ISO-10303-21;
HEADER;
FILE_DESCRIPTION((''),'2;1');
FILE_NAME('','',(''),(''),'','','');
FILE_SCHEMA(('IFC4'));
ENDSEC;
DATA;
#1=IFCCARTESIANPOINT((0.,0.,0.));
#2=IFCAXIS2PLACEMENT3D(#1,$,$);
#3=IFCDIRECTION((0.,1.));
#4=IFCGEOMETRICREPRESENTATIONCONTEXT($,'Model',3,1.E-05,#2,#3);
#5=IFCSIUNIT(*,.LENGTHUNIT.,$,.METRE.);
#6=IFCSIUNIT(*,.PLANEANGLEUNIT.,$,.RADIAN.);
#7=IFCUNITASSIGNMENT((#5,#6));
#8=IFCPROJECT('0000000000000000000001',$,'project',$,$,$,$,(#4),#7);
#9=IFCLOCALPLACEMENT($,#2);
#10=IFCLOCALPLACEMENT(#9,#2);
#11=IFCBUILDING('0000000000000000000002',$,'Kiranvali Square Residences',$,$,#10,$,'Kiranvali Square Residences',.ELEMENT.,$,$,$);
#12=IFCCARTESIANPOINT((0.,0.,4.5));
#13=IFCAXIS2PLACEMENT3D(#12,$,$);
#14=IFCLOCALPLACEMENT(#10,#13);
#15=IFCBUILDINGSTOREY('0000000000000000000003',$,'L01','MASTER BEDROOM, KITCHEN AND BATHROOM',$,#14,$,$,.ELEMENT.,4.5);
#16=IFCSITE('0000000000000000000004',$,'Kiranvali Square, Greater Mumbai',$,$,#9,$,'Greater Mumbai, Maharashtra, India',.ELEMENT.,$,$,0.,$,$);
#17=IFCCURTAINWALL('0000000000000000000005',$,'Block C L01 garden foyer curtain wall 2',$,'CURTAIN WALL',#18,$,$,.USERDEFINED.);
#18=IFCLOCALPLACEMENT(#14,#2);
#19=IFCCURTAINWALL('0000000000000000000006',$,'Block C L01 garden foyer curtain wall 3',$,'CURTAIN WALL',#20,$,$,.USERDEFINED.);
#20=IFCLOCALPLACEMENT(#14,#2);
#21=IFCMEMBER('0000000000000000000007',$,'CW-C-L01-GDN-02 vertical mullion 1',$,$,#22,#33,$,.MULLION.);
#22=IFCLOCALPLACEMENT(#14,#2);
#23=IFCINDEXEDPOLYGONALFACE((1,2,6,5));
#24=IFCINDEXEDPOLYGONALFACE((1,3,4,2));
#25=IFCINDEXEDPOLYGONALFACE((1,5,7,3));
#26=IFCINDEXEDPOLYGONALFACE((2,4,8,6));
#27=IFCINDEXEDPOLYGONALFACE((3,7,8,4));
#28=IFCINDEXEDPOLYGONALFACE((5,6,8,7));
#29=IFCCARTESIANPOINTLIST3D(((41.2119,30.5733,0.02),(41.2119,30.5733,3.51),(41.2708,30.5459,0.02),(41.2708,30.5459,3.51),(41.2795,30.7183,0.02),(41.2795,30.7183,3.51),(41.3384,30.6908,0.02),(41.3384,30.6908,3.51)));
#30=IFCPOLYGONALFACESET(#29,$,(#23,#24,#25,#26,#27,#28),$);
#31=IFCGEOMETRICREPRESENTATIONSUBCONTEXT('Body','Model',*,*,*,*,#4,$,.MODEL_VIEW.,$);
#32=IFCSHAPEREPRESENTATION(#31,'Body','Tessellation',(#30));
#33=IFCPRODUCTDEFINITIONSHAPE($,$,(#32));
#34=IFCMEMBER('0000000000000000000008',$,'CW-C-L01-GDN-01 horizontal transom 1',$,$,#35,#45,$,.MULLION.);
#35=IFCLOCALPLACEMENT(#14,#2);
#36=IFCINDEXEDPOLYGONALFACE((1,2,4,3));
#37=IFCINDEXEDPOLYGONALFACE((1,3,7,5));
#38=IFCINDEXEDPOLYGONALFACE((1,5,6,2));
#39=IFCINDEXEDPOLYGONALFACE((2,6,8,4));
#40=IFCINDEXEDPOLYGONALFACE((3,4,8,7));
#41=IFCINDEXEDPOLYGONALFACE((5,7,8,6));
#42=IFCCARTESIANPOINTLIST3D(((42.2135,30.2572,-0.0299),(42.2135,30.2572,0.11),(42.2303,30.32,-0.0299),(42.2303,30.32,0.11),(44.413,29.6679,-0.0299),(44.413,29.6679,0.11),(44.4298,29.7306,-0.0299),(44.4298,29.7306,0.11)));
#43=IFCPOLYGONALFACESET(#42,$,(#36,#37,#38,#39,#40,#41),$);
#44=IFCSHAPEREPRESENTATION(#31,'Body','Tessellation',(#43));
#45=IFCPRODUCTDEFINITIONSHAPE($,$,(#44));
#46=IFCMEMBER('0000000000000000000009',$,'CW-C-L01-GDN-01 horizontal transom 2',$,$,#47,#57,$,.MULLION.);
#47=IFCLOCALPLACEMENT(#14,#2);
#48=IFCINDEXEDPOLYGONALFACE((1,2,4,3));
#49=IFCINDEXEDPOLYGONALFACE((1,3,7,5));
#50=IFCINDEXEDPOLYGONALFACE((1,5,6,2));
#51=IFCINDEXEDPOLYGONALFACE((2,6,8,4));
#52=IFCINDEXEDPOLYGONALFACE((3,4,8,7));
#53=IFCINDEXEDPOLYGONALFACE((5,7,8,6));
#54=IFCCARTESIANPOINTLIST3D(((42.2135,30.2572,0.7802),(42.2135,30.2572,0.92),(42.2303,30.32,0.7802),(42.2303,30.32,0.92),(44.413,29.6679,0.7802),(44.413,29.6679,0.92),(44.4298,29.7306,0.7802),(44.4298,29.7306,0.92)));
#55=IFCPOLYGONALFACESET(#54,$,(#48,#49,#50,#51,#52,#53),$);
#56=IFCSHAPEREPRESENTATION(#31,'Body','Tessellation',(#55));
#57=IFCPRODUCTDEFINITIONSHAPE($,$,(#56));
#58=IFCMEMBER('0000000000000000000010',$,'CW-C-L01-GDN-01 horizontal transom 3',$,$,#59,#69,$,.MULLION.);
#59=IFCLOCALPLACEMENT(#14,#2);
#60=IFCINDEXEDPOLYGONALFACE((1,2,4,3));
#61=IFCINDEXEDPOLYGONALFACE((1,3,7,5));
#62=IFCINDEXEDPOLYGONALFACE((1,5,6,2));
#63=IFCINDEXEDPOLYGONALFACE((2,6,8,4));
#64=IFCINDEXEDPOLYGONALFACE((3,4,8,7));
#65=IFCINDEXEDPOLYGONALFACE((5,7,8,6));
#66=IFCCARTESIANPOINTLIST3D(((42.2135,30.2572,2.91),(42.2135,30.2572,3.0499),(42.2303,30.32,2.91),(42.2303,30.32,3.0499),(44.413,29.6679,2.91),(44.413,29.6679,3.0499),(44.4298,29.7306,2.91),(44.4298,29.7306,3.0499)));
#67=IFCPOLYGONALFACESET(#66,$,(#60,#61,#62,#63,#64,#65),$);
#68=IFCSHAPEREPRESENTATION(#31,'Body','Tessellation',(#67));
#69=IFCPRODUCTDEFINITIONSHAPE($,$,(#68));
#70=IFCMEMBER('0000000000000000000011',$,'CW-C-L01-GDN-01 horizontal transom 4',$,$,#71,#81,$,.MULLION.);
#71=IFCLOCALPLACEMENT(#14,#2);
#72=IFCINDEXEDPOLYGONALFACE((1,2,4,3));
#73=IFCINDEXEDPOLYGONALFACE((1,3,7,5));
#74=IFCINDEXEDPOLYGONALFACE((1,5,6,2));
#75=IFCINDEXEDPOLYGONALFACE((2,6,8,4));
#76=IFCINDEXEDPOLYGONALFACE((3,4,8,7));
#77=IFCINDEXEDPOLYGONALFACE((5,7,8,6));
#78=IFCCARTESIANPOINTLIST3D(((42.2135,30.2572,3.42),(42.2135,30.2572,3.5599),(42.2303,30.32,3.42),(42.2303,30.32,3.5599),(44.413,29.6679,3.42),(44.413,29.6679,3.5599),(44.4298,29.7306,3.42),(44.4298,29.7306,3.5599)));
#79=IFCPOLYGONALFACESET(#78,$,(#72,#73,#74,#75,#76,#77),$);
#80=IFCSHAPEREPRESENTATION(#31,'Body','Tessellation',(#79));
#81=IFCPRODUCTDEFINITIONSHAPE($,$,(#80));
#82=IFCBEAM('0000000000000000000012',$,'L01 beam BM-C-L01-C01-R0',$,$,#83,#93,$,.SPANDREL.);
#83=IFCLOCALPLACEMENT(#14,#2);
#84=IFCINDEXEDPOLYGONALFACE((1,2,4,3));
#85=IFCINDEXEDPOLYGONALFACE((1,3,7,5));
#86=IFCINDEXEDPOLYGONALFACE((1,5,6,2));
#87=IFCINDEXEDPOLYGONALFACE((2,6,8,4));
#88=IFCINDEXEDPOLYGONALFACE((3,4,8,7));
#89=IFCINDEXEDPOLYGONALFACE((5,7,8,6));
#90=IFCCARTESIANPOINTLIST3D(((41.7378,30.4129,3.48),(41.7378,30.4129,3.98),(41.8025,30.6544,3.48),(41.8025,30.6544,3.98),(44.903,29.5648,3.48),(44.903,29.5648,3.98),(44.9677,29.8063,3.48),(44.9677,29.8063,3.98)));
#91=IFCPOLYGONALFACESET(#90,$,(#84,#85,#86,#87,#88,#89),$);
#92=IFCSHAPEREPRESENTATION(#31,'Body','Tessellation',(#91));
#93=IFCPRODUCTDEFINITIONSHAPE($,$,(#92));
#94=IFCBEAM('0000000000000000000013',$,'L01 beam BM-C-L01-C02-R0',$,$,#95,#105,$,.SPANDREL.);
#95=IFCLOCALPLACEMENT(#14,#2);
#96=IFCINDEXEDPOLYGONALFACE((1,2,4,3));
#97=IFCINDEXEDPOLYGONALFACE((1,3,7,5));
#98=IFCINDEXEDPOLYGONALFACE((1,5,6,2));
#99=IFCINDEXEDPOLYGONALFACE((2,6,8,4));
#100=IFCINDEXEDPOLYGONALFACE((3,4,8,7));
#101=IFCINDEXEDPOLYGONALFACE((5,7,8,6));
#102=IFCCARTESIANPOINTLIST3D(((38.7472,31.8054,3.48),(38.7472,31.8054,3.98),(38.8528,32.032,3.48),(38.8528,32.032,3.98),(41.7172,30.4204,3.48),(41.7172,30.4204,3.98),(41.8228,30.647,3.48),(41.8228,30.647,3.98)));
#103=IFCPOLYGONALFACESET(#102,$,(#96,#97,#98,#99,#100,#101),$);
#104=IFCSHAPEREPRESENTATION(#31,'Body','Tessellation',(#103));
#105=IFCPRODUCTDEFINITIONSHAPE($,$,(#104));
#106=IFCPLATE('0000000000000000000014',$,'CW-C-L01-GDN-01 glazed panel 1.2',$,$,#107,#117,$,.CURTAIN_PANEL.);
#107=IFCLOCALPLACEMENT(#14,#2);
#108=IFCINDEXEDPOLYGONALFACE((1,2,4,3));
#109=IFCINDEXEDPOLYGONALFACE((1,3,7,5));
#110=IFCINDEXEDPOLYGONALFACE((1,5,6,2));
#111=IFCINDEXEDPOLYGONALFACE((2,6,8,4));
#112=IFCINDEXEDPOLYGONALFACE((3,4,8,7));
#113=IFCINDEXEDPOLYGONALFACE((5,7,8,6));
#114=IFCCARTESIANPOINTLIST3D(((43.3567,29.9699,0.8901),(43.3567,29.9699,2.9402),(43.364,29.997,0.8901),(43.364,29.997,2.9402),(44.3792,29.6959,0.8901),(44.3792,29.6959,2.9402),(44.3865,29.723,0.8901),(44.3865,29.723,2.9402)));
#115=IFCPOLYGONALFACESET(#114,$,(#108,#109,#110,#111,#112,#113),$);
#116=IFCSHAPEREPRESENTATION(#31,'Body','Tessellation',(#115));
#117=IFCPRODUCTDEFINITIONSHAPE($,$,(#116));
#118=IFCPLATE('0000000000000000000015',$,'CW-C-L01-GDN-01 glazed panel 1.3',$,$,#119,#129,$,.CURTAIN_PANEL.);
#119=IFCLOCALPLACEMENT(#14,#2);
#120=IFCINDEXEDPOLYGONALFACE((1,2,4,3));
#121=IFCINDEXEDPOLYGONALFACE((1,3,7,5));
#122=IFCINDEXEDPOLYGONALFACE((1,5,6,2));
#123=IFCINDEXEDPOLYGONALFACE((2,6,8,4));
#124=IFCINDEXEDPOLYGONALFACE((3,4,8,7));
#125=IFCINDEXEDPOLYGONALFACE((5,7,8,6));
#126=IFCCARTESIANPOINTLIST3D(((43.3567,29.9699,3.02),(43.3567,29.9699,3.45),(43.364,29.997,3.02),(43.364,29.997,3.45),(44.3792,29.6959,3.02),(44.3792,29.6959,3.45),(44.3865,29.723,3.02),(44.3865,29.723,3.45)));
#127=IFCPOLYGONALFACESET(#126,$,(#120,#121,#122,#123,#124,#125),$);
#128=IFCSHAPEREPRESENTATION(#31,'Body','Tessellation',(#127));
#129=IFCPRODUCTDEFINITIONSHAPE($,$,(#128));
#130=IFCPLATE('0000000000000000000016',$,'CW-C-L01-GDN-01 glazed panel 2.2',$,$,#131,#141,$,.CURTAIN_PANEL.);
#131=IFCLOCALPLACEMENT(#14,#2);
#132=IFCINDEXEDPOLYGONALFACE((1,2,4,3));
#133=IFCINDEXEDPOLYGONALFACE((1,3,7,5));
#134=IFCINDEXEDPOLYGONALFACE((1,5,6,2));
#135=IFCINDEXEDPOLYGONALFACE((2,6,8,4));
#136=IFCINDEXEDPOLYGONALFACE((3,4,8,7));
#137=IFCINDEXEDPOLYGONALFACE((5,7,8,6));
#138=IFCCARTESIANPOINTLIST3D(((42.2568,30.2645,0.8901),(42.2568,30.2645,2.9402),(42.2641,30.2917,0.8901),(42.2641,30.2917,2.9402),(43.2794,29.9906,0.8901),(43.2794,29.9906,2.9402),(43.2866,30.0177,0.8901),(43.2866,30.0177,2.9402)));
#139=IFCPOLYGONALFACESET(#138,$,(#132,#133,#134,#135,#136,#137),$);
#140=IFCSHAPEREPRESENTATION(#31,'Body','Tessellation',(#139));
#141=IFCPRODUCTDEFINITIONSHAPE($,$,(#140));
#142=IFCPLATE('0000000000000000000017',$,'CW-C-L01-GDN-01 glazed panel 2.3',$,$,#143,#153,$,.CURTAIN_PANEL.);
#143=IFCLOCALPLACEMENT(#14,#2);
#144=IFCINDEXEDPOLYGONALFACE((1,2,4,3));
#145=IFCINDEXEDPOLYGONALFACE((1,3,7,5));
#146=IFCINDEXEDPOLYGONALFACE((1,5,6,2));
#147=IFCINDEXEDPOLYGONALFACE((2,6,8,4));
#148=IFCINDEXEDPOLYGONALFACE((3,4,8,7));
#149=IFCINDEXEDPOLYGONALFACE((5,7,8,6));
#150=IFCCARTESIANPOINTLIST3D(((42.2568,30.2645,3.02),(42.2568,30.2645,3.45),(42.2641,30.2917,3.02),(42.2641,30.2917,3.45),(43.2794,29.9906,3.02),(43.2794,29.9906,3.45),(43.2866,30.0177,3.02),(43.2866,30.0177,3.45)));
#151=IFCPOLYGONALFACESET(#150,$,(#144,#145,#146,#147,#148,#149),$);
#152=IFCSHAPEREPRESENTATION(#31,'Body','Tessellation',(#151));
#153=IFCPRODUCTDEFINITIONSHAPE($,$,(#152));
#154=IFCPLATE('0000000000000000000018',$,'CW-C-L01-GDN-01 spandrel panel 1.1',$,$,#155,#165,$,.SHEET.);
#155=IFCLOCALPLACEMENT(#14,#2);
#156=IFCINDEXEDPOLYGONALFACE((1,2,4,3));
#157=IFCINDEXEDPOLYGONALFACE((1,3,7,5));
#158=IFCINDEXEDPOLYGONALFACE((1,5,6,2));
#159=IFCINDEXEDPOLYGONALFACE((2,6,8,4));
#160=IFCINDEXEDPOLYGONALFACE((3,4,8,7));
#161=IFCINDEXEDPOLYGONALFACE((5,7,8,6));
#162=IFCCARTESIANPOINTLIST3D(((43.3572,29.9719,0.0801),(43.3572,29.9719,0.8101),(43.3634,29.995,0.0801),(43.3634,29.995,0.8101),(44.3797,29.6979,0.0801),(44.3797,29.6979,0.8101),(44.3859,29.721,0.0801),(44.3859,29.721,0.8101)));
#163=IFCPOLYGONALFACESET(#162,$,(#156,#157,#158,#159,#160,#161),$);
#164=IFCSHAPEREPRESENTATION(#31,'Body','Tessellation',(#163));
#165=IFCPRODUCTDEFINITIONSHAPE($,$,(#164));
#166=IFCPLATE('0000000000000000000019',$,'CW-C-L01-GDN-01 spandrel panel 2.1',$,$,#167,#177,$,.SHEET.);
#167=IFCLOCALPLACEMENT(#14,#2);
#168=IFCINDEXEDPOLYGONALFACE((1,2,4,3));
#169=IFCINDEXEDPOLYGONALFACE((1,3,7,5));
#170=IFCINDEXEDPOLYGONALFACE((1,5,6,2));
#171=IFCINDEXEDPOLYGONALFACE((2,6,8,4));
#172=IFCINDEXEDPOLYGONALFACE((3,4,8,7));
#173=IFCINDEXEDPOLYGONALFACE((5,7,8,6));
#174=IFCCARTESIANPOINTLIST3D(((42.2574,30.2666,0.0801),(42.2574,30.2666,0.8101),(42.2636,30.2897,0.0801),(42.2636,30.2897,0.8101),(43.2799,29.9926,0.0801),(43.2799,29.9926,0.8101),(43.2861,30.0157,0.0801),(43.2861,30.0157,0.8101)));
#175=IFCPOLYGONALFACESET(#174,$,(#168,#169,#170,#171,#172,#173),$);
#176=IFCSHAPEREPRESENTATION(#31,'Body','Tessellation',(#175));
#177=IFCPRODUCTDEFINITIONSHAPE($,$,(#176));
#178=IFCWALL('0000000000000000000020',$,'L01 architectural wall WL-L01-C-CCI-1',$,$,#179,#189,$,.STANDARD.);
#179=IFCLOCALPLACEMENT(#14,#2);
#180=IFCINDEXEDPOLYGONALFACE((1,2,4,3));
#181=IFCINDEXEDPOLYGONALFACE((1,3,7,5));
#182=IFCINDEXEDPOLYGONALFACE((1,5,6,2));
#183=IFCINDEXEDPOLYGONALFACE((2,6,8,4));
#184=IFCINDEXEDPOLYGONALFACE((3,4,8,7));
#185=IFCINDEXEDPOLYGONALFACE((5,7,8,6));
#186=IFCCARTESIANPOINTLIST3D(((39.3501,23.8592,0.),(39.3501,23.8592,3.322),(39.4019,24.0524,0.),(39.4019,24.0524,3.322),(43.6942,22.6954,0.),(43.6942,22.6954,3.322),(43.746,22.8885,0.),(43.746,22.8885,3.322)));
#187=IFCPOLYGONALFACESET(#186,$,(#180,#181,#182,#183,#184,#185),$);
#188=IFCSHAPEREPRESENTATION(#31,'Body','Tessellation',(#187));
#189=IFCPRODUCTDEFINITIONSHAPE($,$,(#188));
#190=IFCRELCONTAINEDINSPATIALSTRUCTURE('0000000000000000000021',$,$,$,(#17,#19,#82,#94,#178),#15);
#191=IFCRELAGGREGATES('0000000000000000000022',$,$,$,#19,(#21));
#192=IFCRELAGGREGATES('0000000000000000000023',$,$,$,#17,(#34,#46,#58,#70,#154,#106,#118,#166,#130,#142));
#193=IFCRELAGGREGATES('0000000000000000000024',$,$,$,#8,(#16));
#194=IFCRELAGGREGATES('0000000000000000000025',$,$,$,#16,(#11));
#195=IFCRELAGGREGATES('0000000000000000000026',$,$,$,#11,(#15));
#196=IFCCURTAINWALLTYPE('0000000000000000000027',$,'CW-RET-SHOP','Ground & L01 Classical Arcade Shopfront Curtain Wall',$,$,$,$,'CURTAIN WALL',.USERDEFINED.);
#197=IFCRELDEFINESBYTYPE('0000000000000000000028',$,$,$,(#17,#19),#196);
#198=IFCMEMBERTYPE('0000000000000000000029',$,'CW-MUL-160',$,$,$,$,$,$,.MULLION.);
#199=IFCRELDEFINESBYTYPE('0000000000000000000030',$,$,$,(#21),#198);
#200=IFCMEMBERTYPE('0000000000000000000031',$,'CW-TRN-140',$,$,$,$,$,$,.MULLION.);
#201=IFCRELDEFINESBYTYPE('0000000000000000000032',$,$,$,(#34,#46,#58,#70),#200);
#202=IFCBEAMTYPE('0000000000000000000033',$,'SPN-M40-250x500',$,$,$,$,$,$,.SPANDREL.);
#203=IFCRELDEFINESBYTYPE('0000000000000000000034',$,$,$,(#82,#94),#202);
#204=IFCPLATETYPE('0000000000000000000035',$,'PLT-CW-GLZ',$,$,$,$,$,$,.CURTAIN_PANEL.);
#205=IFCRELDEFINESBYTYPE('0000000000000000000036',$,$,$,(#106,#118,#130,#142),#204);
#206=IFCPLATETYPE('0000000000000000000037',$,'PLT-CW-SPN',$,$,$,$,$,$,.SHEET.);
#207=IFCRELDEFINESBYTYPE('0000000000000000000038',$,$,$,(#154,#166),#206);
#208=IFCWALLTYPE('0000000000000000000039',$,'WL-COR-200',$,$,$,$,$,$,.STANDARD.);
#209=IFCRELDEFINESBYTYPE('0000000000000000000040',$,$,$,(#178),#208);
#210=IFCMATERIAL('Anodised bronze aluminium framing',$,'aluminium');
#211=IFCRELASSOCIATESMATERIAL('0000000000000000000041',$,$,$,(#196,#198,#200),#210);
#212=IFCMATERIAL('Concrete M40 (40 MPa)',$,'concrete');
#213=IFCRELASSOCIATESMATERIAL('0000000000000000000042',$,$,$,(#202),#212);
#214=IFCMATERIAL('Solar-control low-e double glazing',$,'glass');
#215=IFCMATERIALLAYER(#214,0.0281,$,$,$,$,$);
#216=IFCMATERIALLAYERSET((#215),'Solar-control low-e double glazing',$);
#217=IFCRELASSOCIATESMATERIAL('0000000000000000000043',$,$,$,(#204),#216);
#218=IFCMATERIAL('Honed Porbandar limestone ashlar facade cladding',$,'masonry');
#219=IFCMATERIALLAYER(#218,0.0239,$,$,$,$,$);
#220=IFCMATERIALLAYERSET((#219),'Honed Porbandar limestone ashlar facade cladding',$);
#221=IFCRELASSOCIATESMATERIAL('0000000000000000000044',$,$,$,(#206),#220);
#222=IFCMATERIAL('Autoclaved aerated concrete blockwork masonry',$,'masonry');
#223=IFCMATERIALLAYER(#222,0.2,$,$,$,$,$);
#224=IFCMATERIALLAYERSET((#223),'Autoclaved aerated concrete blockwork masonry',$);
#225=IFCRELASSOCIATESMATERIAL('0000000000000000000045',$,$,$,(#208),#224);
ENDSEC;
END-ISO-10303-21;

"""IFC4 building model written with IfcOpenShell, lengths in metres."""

from ifc_helpers import new_model, si_unit, direction, frame, frame_2d, origin, origin_2d, place, context, subcontext, project, spatial, rectangle, extrude, material, layer, layer_set, material_profile, profile_set, type_object, element, aggregate, save


model = new_model("IFC4")

# Units and contexts
model_context = context("Model", 3, precision=1e-05, world=origin(), true_north=direction((0.0, 1.0)))
body_context = subcontext(model_context, "Body", "Model", "MODEL_VIEW")
ifc_project = project(units=[si_unit("LENGTHUNIT", "METRE"), si_unit("PLANEANGLEUNIT", "RADIAN")], contexts=[model_context])

# Site, building, storey
site_placement = place(None, origin())
site = spatial("IfcSite", under=ifc_project, at=site_placement, Name="Kiranvali Square, Greater Mumbai", LongName="Greater Mumbai, Maharashtra, India", CompositionType="ELEMENT", RefElevation=0.0)
building_placement = place(site_placement, origin())
building = spatial("IfcBuilding", under=site, at=building_placement, Name="Kiranvali Square Residences", LongName="Kiranvali Square Residences", CompositionType="ELEMENT")
storey_placement = place(building_placement, frame((0.0, 0.0, 4.5)))
storey = spatial("IfcBuildingStorey", under=building, at=storey_placement, Name="L01", Description="MASTER BEDROOM, KITCHEN AND BATHROOM", CompositionType="ELEMENT", Elevation=4.5)

# Shared definitions
ifc_material_1 = material(Name="Concrete M40 (40 MPa)", Category="concrete")

# Shared definitions
ifc_material_2 = material(Name="Anodised bronze aluminium framing", Category="aluminium")
curtain_wall_type = type_object("IfcCurtainWallType", Name="CW-RET-SHOP", Description="Ground & L01 Classical Arcade Shopfront Curtain Wall", ElementType="CURTAIN WALL", PredefinedType="USERDEFINED", material=ifc_material_2)
ifc_material_profile_1 = material_profile(ifc_material_2, rectangle(XDim=0.0649, YDim=0.1599, at=origin_2d()), Name="ALU 65x160")
ifc_profile_set_1 = profile_set([ifc_material_profile_1], Name="Anodised bronze aluminium framing")
member_type_1 = type_object("IfcMemberType", Name="CW-MUL-160", PredefinedType="MULLION", material=ifc_profile_set_1)

# Curtain wall
curtain_wall_1_placement = place(storey_placement, origin())
curtain_wall_1 = element("IfcCurtainWall", 1, at=curtain_wall_1_placement, inside=storey, type_object=curtain_wall_type, Name="Block C L01 garden foyer curtain wall 2", ObjectType="CURTAIN WALL", PredefinedType="USERDEFINED")

# Curtain wall, member
curtain_wall_2_placement = place(storey_placement, origin())
curtain_wall_2 = element("IfcCurtainWall", 2, at=curtain_wall_2_placement, inside=storey, type_object=curtain_wall_type, Name="Block C L01 garden foyer curtain wall 3", ObjectType="CURTAIN WALL", PredefinedType="USERDEFINED")
member_1_placement = place(storey_placement, frame((41.2751, 30.6321, 0.02), z_axis=(0.0, 0.0, 1.0), x_axis=(-0.906308, 0.422618, 0.0)))
member_1 = element("IfcMember", 3, at=member_1_placement, type_object=member_type_1, Name="CW-C-L01-GDN-02 vertical mullion 1", PredefinedType="MULLION", context=body_context, shape_type="SweptSolid", body=[
    extrude(rectangle(XDim=0.0649, YDim=0.1599, at=origin_2d()), origin(), (0.0, 0.0, 1.0), 3.49),
])
aggregate(curtain_wall_2, [member_1])

# Members
ifc_material_profile_2 = material_profile(ifc_material_2, rectangle(XDim=0.0649, YDim=0.1399, at=origin_2d()), Name="ALU 65x140")
ifc_profile_set_2 = profile_set([ifc_material_profile_2], Name="Anodised bronze aluminium framing")
member_type_2 = type_object("IfcMemberType", Name="CW-TRN-140", PredefinedType="MULLION", material=ifc_profile_set_2)
member_2_placement = place(storey_placement, frame((44.4214, 29.6992, 0.04), z_axis=(-0.965925, 0.258824, 0.0), x_axis=(-0.258824, -0.965925, 0.0)))
member_2 = element("IfcMember", 4, at=member_2_placement, type_object=member_type_2, Name="CW-C-L01-GDN-01 horizontal transom 1", PredefinedType="MULLION", context=body_context, shape_type="SweptSolid", body=[
    extrude(rectangle(XDim=0.0649, YDim=0.1399, at=origin_2d()), origin(), (0.0, 0.0, 1.0), 2.2771),
])
member_3_placement = place(storey_placement, frame((44.4214, 29.6992, 0.8501), z_axis=(-0.965925, 0.258824, 0.0), x_axis=(-0.258824, -0.965925, 0.0)))
member_3 = element("IfcMember", 5, at=member_3_placement, type_object=member_type_2, Name="CW-C-L01-GDN-01 horizontal transom 2", PredefinedType="MULLION", context=body_context, shape_type="SweptSolid", body=[
    extrude(rectangle(XDim=0.0649, YDim=0.1399, at=origin_2d()), origin(), (0.0, 0.0, 1.0), 2.2771),
])
member_4_placement = place(storey_placement, frame((44.4214, 29.6992, 2.98), z_axis=(-0.965925, 0.258824, 0.0), x_axis=(-0.258824, -0.965925, 0.0)))
member_4 = element("IfcMember", 6, at=member_4_placement, type_object=member_type_2, Name="CW-C-L01-GDN-01 horizontal transom 3", PredefinedType="MULLION", context=body_context, shape_type="SweptSolid", body=[
    extrude(rectangle(XDim=0.0649, YDim=0.1399, at=origin_2d()), origin(), (0.0, 0.0, 1.0), 2.2771),
])
member_5_placement = place(storey_placement, frame((44.4214, 29.6992, 3.49), z_axis=(-0.965925, 0.258824, 0.0), x_axis=(-0.258824, -0.965925, 0.0)))
member_5 = element("IfcMember", 7, at=member_5_placement, type_object=member_type_2, Name="CW-C-L01-GDN-01 horizontal transom 4", PredefinedType="MULLION", context=body_context, shape_type="SweptSolid", body=[
    extrude(rectangle(XDim=0.0649, YDim=0.1399, at=origin_2d()), origin(), (0.0, 0.0, 1.0), 2.2771),
])

# Beams
ifc_material_profile_3 = material_profile(ifc_material_1, rectangle(XDim=0.25, YDim=0.5, at=origin_2d()), Name="RC 250x500")
ifc_profile_set_3 = profile_set([ifc_material_profile_3], Name="Concrete M40 (40 MPa)")
beam_type_1 = type_object("IfcBeamType", Name="SPN-M40-250x500", PredefinedType="SPANDREL", material=ifc_profile_set_3)
beam_1_placement = place(storey_placement, frame((44.9353, 29.6855, 3.73), z_axis=(-0.965925, 0.258822, 0.0), x_axis=(-0.258822, -0.965925, 0.0)))
element("IfcBeam", 8, at=beam_1_placement, inside=storey, type_object=beam_type_1, Name="L01 beam BM-C-L01-C01-R0", PredefinedType="SPANDREL", context=body_context, shape_type="SweptSolid", body=[
    extrude(rectangle(XDim=0.25, YDim=0.5, at=origin_2d()), origin(), (0.0, 0.0, 1.0), 3.2769),
])
beam_2_placement = place(storey_placement, frame((41.77, 30.5337, 3.73), z_axis=(-0.906297, 0.422641, 0.0), x_axis=(-0.422641, -0.906297, 0.0)))
element("IfcBeam", 9, at=beam_2_placement, inside=storey, type_object=beam_type_1, Name="L01 beam BM-C-L01-C02-R0", PredefinedType="SPANDREL", context=body_context, shape_type="SweptSolid", body=[
    extrude(rectangle(XDim=0.25, YDim=0.5, at=origin_2d()), origin(), (0.0, 0.0, 1.0), 3.2771),
])

# Plates
ifc_material_3 = material(Name="Solar-control low-e double glazing", Category="glass")
ifc_layer_1 = layer(ifc_material_3, 0.0281)
ifc_layer_set_1 = layer_set([ifc_layer_1], Name="Solar-control low-e double glazing")
plate_type_1 = type_object("IfcPlateType", Name="PLT-CW-GLZ", PredefinedType="CURTAIN_PANEL", material=ifc_layer_set_1)
plate_1_placement = place(storey_placement, frame((43.8716, 29.8464, 0.8901), z_axis=(0.0, 0.0, 1.0), x_axis=(-0.965926, 0.258819, 0.0)))
plate_1 = element("IfcPlate", 10, at=plate_1_placement, type_object=plate_type_1, Name="CW-C-L01-GDN-01 glazed panel 1.2", PredefinedType="CURTAIN_PANEL", context=body_context, shape_type="SweptSolid", body=[
    extrude(rectangle(XDim=1.0586, YDim=0.0281, at=origin_2d()), origin(), (0.0, 0.0, 1.0), 2.05),
])
plate_2_placement = place(storey_placement, frame((43.8716, 29.8464, 3.02), z_axis=(0.0, 0.0, 1.0), x_axis=(-0.965926, 0.258819, 0.0)))
plate_2 = element("IfcPlate", 11, at=plate_2_placement, type_object=plate_type_1, Name="CW-C-L01-GDN-01 glazed panel 1.3", PredefinedType="CURTAIN_PANEL", context=body_context, shape_type="SweptSolid", body=[
    extrude(rectangle(XDim=1.0586, YDim=0.0281, at=origin_2d()), origin(), (0.0, 0.0, 1.0), 0.4299),
])
plate_3_placement = place(storey_placement, frame((42.7717, 30.1411, 0.8901), z_axis=(0.0, 0.0, 1.0), x_axis=(-0.965926, 0.258819, 0.0)))
plate_3 = element("IfcPlate", 12, at=plate_3_placement, type_object=plate_type_1, Name="CW-C-L01-GDN-01 glazed panel 2.2", PredefinedType="CURTAIN_PANEL", context=body_context, shape_type="SweptSolid", body=[
    extrude(rectangle(XDim=1.0586, YDim=0.0281, at=origin_2d()), origin(), (0.0, 0.0, 1.0), 2.05),
])
plate_4_placement = place(storey_placement, frame((42.7717, 30.1411, 3.02), z_axis=(0.0, 0.0, 1.0), x_axis=(-0.965926, 0.258819, 0.0)))
plate_4 = element("IfcPlate", 13, at=plate_4_placement, type_object=plate_type_1, Name="CW-C-L01-GDN-01 glazed panel 2.3", PredefinedType="CURTAIN_PANEL", context=body_context, shape_type="SweptSolid", body=[
    extrude(rectangle(XDim=1.0586, YDim=0.0281, at=origin_2d()), origin(), (0.0, 0.0, 1.0), 0.4299),
])
ifc_material_4 = material(Name="Honed Porbandar limestone ashlar facade cladding", Category="masonry")
ifc_layer_2 = layer(ifc_material_4, 0.0239)
ifc_layer_set_2 = layer_set([ifc_layer_2], Name="Honed Porbandar limestone ashlar facade cladding")
plate_type_2 = type_object("IfcPlateType", Name="PLT-CW-SPN", PredefinedType="SHEET", material=ifc_layer_set_2)
plate_5_placement = place(storey_placement, frame((43.8716, 29.8464, 0.0801), z_axis=(0.0, 0.0, 1.0), x_axis=(-0.965926, 0.258819, 0.0)))
plate_5 = element("IfcPlate", 14, at=plate_5_placement, type_object=plate_type_2, Name="CW-C-L01-GDN-01 spandrel panel 1.1", PredefinedType="SHEET", context=body_context, shape_type="SweptSolid", body=[
    extrude(rectangle(XDim=1.0586, YDim=0.0239, at=origin_2d()), origin(), (0.0, 0.0, 1.0), 0.73),
])
plate_6_placement = place(storey_placement, frame((42.7717, 30.1411, 0.0801), z_axis=(0.0, 0.0, 1.0), x_axis=(-0.965926, 0.258819, 0.0)))
plate_6 = element("IfcPlate", 15, at=plate_6_placement, type_object=plate_type_2, Name="CW-C-L01-GDN-01 spandrel panel 2.1", PredefinedType="SHEET", context=body_context, shape_type="SweptSolid", body=[
    extrude(rectangle(XDim=1.0586, YDim=0.0239, at=origin_2d()), origin(), (0.0, 0.0, 1.0), 0.73),
])
aggregate(curtain_wall_1, [member_2, member_3, member_4, member_5, plate_5, plate_1, plate_2, plate_6, plate_3, plate_4])

# Wall
ifc_material_5 = material(Name="Autoclaved aerated concrete blockwork masonry", Category="masonry")
ifc_layer_3 = layer(ifc_material_5, 0.2)
ifc_layer_set_3 = layer_set([ifc_layer_3], Name="Autoclaved aerated concrete blockwork masonry")
wall_type_1 = type_object("IfcWallType", Name="WL-COR-200", PredefinedType="STANDARD", material=ifc_layer_set_3)
wall_1_placement = place(storey_placement, frame((43.72, 22.792, 0.0), z_axis=(0.0, 0.0, 1.0), x_axis=(-0.965934, 0.258788, 0.0)))
element("IfcWall", 16, at=wall_1_placement, inside=storey, type_object=wall_type_1, Name="L01 architectural wall WL-L01-C-CCI-1", PredefinedType="STANDARD", context=body_context, shape_type="SweptSolid", body=[
    extrude(rectangle(XDim=4.4973, YDim=0.2, at=frame_2d((2.2485, 0.0))), origin(), (0.0, 0.0, 1.0), 3.322),
])

save(model, "model.ifc")
